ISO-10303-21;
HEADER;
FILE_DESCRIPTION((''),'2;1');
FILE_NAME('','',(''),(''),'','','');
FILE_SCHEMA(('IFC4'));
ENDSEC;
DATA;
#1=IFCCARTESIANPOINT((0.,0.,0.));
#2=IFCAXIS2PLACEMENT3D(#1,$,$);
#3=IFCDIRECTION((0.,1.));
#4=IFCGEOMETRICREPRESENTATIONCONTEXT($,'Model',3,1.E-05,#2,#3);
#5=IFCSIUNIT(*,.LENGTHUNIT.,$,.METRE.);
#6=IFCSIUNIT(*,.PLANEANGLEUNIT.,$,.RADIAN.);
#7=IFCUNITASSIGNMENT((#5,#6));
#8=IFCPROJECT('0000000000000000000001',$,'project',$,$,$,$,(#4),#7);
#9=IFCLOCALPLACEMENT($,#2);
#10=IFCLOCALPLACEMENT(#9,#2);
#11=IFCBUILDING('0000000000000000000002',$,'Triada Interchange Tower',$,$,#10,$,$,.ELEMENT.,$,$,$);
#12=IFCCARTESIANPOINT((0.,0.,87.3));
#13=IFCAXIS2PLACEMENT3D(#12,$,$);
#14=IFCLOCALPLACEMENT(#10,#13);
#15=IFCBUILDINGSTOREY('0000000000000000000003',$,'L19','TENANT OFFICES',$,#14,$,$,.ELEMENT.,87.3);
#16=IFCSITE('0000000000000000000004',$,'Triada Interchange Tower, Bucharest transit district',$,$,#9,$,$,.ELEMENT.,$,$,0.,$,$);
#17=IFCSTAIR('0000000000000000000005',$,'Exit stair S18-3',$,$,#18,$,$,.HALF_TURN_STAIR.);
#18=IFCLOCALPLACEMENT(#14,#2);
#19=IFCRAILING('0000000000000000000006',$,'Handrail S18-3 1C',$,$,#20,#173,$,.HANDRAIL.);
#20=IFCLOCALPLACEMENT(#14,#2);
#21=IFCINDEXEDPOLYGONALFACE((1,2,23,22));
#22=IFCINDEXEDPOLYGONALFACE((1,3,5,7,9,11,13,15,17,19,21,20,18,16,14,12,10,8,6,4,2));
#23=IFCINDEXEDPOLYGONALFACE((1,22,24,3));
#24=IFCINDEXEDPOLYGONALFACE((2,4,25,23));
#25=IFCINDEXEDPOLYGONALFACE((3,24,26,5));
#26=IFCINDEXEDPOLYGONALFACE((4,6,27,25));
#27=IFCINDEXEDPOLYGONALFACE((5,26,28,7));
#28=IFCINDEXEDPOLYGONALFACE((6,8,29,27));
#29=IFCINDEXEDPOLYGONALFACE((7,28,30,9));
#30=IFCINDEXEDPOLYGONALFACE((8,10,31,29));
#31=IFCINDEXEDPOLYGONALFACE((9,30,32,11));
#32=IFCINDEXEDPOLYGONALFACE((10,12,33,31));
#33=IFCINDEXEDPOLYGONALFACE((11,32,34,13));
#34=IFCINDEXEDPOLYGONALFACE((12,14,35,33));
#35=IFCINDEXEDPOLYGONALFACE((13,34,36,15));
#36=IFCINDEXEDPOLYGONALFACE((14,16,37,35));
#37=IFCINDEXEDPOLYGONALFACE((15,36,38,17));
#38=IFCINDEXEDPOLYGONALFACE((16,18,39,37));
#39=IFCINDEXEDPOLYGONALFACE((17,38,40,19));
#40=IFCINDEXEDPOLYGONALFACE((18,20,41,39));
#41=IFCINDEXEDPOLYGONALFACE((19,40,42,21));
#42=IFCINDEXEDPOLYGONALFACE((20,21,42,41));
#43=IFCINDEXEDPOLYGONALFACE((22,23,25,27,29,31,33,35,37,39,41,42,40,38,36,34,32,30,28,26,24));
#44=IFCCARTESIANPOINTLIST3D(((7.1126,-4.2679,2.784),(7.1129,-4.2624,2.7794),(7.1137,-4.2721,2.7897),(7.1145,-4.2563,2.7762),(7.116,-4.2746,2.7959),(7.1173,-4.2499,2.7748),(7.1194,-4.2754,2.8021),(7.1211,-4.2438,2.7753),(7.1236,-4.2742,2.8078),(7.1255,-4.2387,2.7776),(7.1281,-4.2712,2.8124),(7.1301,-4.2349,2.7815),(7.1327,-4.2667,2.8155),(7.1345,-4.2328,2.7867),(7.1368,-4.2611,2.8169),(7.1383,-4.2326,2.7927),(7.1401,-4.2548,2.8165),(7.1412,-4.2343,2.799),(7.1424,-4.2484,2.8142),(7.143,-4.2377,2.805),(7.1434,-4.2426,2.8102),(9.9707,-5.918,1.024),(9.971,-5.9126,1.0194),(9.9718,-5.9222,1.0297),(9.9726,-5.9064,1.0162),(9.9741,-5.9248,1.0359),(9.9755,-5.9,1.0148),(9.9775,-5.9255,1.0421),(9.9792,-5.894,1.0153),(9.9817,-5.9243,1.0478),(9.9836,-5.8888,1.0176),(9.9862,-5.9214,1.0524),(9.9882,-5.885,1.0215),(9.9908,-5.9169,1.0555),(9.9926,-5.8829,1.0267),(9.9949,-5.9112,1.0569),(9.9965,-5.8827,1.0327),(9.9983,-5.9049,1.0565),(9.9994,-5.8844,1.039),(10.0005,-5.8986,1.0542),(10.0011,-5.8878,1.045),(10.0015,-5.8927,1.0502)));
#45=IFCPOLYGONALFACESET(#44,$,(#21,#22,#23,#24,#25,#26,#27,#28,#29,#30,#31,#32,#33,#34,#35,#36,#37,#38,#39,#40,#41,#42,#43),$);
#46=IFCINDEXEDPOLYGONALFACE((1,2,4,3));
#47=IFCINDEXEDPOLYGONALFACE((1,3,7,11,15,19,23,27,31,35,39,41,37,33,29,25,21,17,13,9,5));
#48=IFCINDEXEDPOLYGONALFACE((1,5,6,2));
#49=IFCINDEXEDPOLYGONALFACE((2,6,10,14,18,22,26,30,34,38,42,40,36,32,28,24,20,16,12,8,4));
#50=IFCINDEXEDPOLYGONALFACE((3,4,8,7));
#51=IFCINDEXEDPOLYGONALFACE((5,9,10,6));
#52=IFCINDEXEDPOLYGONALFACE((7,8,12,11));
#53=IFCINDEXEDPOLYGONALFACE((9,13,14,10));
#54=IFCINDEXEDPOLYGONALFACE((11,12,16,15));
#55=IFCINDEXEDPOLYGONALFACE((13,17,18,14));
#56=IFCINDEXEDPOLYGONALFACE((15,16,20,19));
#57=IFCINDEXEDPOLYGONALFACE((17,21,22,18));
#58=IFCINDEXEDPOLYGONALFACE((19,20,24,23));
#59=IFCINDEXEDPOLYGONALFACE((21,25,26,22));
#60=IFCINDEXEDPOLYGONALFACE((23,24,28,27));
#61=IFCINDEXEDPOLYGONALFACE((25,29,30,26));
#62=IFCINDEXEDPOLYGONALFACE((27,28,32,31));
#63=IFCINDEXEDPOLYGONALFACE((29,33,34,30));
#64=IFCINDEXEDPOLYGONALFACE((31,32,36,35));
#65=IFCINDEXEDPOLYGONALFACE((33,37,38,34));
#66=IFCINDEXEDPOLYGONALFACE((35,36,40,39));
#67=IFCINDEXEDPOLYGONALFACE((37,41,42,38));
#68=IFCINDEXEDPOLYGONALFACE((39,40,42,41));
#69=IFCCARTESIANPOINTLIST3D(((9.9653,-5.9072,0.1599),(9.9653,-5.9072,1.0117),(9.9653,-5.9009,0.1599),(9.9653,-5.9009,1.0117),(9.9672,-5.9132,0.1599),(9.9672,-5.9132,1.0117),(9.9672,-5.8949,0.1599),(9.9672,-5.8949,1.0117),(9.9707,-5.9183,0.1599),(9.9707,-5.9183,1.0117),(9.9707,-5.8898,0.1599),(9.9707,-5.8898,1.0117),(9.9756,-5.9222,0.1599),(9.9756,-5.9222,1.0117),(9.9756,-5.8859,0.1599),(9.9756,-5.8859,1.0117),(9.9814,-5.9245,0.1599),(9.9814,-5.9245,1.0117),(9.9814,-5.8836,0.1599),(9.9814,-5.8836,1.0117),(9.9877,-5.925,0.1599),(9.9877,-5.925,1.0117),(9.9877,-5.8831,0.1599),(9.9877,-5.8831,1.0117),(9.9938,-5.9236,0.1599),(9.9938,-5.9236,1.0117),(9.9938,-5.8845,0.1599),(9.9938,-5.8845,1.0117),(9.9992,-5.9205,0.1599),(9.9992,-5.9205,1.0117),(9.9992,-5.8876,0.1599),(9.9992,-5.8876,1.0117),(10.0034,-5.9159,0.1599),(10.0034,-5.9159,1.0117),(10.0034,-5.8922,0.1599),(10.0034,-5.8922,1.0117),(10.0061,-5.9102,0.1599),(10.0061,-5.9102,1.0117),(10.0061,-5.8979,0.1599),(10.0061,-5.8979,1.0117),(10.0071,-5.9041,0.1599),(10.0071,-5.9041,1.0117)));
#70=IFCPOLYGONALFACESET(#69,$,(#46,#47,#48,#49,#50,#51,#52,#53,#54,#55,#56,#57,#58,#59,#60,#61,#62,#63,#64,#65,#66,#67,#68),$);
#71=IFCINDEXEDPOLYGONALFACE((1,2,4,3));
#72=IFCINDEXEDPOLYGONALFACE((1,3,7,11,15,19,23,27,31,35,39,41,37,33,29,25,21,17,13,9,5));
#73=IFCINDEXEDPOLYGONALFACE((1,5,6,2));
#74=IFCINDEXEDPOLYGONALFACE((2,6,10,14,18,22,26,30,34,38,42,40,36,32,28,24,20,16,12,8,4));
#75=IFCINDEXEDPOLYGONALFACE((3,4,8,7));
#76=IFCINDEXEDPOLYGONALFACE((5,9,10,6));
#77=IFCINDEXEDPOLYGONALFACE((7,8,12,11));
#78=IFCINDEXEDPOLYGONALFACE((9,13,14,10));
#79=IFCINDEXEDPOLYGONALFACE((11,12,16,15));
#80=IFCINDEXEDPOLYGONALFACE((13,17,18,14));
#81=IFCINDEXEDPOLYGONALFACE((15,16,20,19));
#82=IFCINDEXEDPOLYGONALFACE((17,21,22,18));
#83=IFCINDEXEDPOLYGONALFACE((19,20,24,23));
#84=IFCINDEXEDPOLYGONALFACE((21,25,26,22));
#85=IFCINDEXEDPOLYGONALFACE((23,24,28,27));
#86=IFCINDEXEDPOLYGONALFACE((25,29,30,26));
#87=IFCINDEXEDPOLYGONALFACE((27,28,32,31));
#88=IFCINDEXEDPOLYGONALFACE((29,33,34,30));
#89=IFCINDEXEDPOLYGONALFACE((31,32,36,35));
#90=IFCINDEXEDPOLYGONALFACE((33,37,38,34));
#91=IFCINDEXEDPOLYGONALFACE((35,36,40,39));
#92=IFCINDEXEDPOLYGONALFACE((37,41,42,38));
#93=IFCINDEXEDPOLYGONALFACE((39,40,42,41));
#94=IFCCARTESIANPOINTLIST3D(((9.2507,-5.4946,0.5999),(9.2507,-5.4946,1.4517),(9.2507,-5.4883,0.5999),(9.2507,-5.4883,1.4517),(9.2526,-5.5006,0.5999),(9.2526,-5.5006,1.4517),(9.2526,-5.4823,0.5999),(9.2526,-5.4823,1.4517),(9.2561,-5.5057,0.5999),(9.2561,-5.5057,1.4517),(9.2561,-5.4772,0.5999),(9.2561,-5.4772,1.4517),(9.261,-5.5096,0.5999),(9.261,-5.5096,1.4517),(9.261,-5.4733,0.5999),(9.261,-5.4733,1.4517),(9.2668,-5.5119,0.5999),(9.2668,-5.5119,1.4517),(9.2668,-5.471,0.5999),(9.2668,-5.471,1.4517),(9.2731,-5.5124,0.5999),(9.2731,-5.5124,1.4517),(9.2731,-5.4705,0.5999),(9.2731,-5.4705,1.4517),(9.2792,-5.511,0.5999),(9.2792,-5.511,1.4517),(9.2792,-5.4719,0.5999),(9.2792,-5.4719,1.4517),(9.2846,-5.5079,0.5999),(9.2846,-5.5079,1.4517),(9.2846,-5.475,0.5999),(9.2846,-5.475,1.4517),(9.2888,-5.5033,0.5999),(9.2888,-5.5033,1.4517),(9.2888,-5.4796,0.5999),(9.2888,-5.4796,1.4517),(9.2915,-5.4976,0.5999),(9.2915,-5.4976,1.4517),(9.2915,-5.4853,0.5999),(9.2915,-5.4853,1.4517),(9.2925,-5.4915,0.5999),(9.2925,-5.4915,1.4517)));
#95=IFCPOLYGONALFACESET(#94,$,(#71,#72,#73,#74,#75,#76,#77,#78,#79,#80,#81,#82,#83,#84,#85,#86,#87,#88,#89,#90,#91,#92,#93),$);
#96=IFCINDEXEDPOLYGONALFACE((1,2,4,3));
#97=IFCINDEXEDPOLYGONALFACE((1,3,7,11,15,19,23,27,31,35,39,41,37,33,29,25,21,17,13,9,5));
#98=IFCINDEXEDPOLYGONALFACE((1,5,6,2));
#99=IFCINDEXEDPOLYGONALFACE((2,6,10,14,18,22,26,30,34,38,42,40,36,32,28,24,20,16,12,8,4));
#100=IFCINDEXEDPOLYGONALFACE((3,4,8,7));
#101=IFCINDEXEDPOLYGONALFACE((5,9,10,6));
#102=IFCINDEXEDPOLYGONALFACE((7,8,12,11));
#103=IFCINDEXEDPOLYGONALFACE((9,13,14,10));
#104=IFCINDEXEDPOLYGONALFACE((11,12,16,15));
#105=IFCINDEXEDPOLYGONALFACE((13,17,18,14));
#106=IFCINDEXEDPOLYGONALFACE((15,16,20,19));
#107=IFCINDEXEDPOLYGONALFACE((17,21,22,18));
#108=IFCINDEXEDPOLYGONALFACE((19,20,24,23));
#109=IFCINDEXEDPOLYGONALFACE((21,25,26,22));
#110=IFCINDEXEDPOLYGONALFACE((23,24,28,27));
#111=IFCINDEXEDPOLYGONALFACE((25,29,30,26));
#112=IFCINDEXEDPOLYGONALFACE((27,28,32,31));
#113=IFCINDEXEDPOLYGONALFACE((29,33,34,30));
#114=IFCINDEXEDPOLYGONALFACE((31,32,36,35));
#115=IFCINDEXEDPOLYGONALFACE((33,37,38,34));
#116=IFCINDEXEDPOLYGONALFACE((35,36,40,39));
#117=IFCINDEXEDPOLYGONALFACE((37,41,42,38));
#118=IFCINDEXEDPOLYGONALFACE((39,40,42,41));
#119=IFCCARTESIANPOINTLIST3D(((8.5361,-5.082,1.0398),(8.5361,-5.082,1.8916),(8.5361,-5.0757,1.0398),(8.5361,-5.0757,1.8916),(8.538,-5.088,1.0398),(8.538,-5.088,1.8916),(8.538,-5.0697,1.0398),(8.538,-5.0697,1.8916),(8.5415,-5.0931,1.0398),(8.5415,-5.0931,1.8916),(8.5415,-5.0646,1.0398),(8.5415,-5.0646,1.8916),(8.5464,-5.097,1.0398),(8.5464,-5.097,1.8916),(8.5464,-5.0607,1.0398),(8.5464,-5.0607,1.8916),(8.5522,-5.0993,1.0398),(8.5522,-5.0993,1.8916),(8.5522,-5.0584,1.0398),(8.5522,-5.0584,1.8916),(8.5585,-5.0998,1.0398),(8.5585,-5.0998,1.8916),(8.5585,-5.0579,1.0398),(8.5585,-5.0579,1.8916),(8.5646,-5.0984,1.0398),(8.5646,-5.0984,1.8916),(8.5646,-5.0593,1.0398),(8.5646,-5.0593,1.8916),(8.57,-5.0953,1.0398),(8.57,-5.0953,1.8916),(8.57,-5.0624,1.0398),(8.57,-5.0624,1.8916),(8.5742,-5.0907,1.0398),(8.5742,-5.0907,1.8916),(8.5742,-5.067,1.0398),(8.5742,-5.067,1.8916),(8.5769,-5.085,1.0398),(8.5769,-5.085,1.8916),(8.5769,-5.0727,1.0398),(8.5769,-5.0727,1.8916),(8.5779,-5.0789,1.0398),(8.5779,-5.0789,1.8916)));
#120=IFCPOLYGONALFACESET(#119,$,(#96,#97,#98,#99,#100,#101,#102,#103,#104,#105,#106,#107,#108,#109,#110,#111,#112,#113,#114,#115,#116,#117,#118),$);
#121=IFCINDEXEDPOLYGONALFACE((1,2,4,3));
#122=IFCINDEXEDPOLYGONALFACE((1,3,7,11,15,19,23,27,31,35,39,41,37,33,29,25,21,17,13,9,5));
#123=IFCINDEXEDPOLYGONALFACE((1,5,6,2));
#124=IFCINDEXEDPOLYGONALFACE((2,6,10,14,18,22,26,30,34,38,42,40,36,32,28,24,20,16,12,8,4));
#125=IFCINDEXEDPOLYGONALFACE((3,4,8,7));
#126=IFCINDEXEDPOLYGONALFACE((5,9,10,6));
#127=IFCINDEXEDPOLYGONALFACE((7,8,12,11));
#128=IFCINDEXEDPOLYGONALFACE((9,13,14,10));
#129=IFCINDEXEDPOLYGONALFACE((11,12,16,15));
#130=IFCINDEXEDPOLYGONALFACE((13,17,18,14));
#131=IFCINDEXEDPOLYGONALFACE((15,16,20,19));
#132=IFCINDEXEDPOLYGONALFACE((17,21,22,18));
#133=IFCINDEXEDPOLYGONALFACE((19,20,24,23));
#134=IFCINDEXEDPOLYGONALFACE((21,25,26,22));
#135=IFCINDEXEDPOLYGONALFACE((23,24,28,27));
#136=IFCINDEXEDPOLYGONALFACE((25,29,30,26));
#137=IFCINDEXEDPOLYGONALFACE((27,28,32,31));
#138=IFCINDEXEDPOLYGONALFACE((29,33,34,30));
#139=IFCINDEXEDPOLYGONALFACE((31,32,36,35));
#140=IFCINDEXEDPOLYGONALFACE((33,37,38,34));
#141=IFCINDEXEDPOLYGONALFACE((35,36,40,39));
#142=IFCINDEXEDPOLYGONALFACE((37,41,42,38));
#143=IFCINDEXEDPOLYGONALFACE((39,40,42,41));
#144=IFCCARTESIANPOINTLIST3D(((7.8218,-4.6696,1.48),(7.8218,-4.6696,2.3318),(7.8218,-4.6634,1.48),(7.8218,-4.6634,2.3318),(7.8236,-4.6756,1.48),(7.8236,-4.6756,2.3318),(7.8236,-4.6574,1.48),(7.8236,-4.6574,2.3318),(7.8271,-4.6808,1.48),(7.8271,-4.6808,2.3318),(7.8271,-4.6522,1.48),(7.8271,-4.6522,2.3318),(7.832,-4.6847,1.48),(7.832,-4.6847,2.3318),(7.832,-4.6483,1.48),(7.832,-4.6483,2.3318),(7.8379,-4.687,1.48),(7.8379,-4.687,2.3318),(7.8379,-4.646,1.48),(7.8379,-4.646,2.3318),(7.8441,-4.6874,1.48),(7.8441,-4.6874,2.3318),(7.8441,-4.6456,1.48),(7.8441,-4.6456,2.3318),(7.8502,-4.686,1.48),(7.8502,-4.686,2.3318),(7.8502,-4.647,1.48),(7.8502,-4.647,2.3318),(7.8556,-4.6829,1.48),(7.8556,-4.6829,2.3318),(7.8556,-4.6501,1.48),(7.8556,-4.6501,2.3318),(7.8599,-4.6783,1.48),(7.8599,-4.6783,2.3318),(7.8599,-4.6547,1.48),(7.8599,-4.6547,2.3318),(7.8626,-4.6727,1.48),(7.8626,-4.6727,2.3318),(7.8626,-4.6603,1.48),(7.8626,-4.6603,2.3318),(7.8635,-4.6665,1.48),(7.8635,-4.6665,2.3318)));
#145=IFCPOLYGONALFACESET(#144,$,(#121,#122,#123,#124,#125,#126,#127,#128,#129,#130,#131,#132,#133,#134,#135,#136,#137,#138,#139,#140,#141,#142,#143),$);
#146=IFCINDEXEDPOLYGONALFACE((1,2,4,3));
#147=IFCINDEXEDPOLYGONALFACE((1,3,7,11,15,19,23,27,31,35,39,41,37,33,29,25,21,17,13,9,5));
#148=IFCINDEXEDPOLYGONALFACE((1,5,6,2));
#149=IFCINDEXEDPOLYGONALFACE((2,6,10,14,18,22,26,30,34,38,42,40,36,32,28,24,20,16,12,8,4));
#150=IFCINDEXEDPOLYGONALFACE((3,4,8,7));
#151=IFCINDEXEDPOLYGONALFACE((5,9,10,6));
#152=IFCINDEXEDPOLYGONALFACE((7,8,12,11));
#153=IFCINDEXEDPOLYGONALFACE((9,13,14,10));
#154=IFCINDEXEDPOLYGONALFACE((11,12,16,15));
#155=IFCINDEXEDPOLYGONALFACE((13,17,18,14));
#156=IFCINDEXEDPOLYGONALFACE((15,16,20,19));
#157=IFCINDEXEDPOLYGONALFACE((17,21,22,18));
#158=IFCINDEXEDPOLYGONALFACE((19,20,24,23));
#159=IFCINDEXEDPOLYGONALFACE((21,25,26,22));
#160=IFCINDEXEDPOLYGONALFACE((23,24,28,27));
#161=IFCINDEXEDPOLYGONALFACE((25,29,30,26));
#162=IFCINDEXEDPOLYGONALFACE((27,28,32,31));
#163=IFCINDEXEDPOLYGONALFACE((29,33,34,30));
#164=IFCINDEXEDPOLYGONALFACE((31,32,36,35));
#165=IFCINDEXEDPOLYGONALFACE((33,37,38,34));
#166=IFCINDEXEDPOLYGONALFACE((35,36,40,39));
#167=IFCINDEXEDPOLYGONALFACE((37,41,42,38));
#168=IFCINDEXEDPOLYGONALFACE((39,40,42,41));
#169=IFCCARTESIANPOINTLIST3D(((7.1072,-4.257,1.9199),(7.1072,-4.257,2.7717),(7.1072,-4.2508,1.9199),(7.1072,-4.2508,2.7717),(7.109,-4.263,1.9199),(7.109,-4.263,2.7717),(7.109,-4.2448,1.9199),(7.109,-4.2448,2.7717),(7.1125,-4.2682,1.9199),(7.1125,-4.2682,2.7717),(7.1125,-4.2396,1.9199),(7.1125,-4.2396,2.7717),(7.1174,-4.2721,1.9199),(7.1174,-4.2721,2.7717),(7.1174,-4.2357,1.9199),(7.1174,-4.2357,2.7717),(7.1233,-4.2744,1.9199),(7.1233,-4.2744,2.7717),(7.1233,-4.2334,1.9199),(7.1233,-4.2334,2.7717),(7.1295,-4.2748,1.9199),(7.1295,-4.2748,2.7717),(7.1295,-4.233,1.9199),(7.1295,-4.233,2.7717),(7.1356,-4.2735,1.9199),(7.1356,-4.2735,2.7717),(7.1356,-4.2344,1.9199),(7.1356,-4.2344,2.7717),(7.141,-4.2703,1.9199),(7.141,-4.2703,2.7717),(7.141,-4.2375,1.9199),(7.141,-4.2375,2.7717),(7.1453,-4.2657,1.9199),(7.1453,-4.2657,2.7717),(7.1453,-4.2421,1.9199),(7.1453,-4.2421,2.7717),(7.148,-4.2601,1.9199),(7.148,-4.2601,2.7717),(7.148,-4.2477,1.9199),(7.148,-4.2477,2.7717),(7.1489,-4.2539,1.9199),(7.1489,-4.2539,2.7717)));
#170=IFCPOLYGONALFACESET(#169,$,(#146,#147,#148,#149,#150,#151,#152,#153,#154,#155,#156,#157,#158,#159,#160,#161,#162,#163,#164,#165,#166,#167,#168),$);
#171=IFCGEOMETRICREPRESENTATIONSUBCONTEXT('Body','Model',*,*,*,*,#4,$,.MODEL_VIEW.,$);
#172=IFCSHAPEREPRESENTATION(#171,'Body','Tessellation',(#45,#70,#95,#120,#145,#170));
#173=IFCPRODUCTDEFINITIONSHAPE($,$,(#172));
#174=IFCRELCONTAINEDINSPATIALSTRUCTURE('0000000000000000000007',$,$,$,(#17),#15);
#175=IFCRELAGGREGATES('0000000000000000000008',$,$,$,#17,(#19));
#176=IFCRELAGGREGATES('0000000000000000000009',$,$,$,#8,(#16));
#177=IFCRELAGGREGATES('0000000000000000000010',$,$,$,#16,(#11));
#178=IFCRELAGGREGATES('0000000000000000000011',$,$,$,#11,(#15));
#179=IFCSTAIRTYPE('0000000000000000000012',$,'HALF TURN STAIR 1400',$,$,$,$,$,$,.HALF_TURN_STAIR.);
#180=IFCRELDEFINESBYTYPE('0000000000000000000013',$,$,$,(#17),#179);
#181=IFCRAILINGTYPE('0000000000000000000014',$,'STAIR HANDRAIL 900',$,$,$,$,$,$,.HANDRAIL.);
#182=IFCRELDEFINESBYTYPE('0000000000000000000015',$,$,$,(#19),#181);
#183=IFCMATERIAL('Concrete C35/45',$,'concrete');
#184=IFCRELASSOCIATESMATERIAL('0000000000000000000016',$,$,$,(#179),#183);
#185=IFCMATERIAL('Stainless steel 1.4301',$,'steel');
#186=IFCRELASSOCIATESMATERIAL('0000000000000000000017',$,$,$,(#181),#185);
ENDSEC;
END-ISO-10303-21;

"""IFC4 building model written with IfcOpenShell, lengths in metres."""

from ifc_helpers import new_model, si_unit, direction, frame, origin, origin_2d, place, context, subcontext, project, spatial, circle, extrude, material, type_object, element, aggregate, save


model = new_model("IFC4")

# Units and contexts
model_context = context("Model", 3, precision=1e-05, world=origin(), true_north=direction((0.0, 1.0)))
body_context = subcontext(model_context, "Body", "Model", "MODEL_VIEW")
ifc_project = project(units=[si_unit("LENGTHUNIT", "METRE"), si_unit("PLANEANGLEUNIT", "RADIAN")], contexts=[model_context])

# Site, building, storey
site_placement = place(None, origin())
site = spatial("IfcSite", under=ifc_project, at=site_placement, Name="Triada Interchange Tower, Bucharest transit district", CompositionType="ELEMENT", RefElevation=0.0)
building_placement = place(site_placement, origin())
building = spatial("IfcBuilding", under=site, at=building_placement, Name="Triada Interchange Tower", CompositionType="ELEMENT")
storey_placement = place(building_placement, frame((0.0, 0.0, 87.3)))
storey = spatial("IfcBuildingStorey", under=building, at=storey_placement, Name="L19", Description="TENANT OFFICES", CompositionType="ELEMENT", Elevation=87.3)

# Stair
ifc_material_1 = material(Name="Concrete C35/45", Category="concrete")
stair_type = type_object("IfcStairType", Name="HALF TURN STAIR 1400", PredefinedType="HALF_TURN_STAIR", material=ifc_material_1)
stair_placement = place(storey_placement, origin())
stair = element("IfcStair", 1, at=stair_placement, inside=storey, type_object=stair_type, Name="Exit stair S18-3", PredefinedType="HALF_TURN_STAIR")

# Railing
ifc_material_2 = material(Name="Stainless steel 1.4301", Category="steel")
railing_type = type_object("IfcRailingType", Name="STAIR HANDRAIL 900", PredefinedType="HANDRAIL", material=ifc_material_2)
railing_1_placement = place(storey_placement, frame((9.9861, -5.9041, 0.1599)))
railing_1 = element("IfcRailing", 2, at=railing_1_placement, type_object=railing_type, Name="Handrail S18-3 1C", PredefinedType="HANDRAIL", context=body_context, shape_type="SweptSolid", body=[
    extrude(circle(Radius=0.0239, at=origin_2d()), frame((0.0, 0.0, 0.876), z_axis=(-0.764156, 0.441183, 0.470556), x_axis=(-0.499998, -0.866027, 0.0)), (0.0, 0.0, 1.0), 3.7402),
    extrude(circle(Radius=0.021, at=origin_2d()), origin(), (0.0, 0.0, 1.0), 0.8518),
    extrude(circle(Radius=0.021, at=origin_2d()), frame((-0.7146, 0.4126, 0.4399)), (0.0, 0.0, 1.0), 0.8518),
    extrude(circle(Radius=0.021, at=origin_2d()), frame((-1.4292, 0.8252, 0.8799)), (0.0, 0.0, 1.0), 0.8518),
    extrude(circle(Radius=0.021, at=origin_2d()), frame((-2.1436, 1.2375, 1.3201)), (0.0, 0.0, 1.0), 0.8518),
    extrude(circle(Radius=0.021, at=origin_2d()), frame((-2.8582, 1.6501, 1.76)), (0.0, 0.0, 1.0), 0.8518),
])
aggregate(stair, [railing_1])

save(model, "model.ifc")
